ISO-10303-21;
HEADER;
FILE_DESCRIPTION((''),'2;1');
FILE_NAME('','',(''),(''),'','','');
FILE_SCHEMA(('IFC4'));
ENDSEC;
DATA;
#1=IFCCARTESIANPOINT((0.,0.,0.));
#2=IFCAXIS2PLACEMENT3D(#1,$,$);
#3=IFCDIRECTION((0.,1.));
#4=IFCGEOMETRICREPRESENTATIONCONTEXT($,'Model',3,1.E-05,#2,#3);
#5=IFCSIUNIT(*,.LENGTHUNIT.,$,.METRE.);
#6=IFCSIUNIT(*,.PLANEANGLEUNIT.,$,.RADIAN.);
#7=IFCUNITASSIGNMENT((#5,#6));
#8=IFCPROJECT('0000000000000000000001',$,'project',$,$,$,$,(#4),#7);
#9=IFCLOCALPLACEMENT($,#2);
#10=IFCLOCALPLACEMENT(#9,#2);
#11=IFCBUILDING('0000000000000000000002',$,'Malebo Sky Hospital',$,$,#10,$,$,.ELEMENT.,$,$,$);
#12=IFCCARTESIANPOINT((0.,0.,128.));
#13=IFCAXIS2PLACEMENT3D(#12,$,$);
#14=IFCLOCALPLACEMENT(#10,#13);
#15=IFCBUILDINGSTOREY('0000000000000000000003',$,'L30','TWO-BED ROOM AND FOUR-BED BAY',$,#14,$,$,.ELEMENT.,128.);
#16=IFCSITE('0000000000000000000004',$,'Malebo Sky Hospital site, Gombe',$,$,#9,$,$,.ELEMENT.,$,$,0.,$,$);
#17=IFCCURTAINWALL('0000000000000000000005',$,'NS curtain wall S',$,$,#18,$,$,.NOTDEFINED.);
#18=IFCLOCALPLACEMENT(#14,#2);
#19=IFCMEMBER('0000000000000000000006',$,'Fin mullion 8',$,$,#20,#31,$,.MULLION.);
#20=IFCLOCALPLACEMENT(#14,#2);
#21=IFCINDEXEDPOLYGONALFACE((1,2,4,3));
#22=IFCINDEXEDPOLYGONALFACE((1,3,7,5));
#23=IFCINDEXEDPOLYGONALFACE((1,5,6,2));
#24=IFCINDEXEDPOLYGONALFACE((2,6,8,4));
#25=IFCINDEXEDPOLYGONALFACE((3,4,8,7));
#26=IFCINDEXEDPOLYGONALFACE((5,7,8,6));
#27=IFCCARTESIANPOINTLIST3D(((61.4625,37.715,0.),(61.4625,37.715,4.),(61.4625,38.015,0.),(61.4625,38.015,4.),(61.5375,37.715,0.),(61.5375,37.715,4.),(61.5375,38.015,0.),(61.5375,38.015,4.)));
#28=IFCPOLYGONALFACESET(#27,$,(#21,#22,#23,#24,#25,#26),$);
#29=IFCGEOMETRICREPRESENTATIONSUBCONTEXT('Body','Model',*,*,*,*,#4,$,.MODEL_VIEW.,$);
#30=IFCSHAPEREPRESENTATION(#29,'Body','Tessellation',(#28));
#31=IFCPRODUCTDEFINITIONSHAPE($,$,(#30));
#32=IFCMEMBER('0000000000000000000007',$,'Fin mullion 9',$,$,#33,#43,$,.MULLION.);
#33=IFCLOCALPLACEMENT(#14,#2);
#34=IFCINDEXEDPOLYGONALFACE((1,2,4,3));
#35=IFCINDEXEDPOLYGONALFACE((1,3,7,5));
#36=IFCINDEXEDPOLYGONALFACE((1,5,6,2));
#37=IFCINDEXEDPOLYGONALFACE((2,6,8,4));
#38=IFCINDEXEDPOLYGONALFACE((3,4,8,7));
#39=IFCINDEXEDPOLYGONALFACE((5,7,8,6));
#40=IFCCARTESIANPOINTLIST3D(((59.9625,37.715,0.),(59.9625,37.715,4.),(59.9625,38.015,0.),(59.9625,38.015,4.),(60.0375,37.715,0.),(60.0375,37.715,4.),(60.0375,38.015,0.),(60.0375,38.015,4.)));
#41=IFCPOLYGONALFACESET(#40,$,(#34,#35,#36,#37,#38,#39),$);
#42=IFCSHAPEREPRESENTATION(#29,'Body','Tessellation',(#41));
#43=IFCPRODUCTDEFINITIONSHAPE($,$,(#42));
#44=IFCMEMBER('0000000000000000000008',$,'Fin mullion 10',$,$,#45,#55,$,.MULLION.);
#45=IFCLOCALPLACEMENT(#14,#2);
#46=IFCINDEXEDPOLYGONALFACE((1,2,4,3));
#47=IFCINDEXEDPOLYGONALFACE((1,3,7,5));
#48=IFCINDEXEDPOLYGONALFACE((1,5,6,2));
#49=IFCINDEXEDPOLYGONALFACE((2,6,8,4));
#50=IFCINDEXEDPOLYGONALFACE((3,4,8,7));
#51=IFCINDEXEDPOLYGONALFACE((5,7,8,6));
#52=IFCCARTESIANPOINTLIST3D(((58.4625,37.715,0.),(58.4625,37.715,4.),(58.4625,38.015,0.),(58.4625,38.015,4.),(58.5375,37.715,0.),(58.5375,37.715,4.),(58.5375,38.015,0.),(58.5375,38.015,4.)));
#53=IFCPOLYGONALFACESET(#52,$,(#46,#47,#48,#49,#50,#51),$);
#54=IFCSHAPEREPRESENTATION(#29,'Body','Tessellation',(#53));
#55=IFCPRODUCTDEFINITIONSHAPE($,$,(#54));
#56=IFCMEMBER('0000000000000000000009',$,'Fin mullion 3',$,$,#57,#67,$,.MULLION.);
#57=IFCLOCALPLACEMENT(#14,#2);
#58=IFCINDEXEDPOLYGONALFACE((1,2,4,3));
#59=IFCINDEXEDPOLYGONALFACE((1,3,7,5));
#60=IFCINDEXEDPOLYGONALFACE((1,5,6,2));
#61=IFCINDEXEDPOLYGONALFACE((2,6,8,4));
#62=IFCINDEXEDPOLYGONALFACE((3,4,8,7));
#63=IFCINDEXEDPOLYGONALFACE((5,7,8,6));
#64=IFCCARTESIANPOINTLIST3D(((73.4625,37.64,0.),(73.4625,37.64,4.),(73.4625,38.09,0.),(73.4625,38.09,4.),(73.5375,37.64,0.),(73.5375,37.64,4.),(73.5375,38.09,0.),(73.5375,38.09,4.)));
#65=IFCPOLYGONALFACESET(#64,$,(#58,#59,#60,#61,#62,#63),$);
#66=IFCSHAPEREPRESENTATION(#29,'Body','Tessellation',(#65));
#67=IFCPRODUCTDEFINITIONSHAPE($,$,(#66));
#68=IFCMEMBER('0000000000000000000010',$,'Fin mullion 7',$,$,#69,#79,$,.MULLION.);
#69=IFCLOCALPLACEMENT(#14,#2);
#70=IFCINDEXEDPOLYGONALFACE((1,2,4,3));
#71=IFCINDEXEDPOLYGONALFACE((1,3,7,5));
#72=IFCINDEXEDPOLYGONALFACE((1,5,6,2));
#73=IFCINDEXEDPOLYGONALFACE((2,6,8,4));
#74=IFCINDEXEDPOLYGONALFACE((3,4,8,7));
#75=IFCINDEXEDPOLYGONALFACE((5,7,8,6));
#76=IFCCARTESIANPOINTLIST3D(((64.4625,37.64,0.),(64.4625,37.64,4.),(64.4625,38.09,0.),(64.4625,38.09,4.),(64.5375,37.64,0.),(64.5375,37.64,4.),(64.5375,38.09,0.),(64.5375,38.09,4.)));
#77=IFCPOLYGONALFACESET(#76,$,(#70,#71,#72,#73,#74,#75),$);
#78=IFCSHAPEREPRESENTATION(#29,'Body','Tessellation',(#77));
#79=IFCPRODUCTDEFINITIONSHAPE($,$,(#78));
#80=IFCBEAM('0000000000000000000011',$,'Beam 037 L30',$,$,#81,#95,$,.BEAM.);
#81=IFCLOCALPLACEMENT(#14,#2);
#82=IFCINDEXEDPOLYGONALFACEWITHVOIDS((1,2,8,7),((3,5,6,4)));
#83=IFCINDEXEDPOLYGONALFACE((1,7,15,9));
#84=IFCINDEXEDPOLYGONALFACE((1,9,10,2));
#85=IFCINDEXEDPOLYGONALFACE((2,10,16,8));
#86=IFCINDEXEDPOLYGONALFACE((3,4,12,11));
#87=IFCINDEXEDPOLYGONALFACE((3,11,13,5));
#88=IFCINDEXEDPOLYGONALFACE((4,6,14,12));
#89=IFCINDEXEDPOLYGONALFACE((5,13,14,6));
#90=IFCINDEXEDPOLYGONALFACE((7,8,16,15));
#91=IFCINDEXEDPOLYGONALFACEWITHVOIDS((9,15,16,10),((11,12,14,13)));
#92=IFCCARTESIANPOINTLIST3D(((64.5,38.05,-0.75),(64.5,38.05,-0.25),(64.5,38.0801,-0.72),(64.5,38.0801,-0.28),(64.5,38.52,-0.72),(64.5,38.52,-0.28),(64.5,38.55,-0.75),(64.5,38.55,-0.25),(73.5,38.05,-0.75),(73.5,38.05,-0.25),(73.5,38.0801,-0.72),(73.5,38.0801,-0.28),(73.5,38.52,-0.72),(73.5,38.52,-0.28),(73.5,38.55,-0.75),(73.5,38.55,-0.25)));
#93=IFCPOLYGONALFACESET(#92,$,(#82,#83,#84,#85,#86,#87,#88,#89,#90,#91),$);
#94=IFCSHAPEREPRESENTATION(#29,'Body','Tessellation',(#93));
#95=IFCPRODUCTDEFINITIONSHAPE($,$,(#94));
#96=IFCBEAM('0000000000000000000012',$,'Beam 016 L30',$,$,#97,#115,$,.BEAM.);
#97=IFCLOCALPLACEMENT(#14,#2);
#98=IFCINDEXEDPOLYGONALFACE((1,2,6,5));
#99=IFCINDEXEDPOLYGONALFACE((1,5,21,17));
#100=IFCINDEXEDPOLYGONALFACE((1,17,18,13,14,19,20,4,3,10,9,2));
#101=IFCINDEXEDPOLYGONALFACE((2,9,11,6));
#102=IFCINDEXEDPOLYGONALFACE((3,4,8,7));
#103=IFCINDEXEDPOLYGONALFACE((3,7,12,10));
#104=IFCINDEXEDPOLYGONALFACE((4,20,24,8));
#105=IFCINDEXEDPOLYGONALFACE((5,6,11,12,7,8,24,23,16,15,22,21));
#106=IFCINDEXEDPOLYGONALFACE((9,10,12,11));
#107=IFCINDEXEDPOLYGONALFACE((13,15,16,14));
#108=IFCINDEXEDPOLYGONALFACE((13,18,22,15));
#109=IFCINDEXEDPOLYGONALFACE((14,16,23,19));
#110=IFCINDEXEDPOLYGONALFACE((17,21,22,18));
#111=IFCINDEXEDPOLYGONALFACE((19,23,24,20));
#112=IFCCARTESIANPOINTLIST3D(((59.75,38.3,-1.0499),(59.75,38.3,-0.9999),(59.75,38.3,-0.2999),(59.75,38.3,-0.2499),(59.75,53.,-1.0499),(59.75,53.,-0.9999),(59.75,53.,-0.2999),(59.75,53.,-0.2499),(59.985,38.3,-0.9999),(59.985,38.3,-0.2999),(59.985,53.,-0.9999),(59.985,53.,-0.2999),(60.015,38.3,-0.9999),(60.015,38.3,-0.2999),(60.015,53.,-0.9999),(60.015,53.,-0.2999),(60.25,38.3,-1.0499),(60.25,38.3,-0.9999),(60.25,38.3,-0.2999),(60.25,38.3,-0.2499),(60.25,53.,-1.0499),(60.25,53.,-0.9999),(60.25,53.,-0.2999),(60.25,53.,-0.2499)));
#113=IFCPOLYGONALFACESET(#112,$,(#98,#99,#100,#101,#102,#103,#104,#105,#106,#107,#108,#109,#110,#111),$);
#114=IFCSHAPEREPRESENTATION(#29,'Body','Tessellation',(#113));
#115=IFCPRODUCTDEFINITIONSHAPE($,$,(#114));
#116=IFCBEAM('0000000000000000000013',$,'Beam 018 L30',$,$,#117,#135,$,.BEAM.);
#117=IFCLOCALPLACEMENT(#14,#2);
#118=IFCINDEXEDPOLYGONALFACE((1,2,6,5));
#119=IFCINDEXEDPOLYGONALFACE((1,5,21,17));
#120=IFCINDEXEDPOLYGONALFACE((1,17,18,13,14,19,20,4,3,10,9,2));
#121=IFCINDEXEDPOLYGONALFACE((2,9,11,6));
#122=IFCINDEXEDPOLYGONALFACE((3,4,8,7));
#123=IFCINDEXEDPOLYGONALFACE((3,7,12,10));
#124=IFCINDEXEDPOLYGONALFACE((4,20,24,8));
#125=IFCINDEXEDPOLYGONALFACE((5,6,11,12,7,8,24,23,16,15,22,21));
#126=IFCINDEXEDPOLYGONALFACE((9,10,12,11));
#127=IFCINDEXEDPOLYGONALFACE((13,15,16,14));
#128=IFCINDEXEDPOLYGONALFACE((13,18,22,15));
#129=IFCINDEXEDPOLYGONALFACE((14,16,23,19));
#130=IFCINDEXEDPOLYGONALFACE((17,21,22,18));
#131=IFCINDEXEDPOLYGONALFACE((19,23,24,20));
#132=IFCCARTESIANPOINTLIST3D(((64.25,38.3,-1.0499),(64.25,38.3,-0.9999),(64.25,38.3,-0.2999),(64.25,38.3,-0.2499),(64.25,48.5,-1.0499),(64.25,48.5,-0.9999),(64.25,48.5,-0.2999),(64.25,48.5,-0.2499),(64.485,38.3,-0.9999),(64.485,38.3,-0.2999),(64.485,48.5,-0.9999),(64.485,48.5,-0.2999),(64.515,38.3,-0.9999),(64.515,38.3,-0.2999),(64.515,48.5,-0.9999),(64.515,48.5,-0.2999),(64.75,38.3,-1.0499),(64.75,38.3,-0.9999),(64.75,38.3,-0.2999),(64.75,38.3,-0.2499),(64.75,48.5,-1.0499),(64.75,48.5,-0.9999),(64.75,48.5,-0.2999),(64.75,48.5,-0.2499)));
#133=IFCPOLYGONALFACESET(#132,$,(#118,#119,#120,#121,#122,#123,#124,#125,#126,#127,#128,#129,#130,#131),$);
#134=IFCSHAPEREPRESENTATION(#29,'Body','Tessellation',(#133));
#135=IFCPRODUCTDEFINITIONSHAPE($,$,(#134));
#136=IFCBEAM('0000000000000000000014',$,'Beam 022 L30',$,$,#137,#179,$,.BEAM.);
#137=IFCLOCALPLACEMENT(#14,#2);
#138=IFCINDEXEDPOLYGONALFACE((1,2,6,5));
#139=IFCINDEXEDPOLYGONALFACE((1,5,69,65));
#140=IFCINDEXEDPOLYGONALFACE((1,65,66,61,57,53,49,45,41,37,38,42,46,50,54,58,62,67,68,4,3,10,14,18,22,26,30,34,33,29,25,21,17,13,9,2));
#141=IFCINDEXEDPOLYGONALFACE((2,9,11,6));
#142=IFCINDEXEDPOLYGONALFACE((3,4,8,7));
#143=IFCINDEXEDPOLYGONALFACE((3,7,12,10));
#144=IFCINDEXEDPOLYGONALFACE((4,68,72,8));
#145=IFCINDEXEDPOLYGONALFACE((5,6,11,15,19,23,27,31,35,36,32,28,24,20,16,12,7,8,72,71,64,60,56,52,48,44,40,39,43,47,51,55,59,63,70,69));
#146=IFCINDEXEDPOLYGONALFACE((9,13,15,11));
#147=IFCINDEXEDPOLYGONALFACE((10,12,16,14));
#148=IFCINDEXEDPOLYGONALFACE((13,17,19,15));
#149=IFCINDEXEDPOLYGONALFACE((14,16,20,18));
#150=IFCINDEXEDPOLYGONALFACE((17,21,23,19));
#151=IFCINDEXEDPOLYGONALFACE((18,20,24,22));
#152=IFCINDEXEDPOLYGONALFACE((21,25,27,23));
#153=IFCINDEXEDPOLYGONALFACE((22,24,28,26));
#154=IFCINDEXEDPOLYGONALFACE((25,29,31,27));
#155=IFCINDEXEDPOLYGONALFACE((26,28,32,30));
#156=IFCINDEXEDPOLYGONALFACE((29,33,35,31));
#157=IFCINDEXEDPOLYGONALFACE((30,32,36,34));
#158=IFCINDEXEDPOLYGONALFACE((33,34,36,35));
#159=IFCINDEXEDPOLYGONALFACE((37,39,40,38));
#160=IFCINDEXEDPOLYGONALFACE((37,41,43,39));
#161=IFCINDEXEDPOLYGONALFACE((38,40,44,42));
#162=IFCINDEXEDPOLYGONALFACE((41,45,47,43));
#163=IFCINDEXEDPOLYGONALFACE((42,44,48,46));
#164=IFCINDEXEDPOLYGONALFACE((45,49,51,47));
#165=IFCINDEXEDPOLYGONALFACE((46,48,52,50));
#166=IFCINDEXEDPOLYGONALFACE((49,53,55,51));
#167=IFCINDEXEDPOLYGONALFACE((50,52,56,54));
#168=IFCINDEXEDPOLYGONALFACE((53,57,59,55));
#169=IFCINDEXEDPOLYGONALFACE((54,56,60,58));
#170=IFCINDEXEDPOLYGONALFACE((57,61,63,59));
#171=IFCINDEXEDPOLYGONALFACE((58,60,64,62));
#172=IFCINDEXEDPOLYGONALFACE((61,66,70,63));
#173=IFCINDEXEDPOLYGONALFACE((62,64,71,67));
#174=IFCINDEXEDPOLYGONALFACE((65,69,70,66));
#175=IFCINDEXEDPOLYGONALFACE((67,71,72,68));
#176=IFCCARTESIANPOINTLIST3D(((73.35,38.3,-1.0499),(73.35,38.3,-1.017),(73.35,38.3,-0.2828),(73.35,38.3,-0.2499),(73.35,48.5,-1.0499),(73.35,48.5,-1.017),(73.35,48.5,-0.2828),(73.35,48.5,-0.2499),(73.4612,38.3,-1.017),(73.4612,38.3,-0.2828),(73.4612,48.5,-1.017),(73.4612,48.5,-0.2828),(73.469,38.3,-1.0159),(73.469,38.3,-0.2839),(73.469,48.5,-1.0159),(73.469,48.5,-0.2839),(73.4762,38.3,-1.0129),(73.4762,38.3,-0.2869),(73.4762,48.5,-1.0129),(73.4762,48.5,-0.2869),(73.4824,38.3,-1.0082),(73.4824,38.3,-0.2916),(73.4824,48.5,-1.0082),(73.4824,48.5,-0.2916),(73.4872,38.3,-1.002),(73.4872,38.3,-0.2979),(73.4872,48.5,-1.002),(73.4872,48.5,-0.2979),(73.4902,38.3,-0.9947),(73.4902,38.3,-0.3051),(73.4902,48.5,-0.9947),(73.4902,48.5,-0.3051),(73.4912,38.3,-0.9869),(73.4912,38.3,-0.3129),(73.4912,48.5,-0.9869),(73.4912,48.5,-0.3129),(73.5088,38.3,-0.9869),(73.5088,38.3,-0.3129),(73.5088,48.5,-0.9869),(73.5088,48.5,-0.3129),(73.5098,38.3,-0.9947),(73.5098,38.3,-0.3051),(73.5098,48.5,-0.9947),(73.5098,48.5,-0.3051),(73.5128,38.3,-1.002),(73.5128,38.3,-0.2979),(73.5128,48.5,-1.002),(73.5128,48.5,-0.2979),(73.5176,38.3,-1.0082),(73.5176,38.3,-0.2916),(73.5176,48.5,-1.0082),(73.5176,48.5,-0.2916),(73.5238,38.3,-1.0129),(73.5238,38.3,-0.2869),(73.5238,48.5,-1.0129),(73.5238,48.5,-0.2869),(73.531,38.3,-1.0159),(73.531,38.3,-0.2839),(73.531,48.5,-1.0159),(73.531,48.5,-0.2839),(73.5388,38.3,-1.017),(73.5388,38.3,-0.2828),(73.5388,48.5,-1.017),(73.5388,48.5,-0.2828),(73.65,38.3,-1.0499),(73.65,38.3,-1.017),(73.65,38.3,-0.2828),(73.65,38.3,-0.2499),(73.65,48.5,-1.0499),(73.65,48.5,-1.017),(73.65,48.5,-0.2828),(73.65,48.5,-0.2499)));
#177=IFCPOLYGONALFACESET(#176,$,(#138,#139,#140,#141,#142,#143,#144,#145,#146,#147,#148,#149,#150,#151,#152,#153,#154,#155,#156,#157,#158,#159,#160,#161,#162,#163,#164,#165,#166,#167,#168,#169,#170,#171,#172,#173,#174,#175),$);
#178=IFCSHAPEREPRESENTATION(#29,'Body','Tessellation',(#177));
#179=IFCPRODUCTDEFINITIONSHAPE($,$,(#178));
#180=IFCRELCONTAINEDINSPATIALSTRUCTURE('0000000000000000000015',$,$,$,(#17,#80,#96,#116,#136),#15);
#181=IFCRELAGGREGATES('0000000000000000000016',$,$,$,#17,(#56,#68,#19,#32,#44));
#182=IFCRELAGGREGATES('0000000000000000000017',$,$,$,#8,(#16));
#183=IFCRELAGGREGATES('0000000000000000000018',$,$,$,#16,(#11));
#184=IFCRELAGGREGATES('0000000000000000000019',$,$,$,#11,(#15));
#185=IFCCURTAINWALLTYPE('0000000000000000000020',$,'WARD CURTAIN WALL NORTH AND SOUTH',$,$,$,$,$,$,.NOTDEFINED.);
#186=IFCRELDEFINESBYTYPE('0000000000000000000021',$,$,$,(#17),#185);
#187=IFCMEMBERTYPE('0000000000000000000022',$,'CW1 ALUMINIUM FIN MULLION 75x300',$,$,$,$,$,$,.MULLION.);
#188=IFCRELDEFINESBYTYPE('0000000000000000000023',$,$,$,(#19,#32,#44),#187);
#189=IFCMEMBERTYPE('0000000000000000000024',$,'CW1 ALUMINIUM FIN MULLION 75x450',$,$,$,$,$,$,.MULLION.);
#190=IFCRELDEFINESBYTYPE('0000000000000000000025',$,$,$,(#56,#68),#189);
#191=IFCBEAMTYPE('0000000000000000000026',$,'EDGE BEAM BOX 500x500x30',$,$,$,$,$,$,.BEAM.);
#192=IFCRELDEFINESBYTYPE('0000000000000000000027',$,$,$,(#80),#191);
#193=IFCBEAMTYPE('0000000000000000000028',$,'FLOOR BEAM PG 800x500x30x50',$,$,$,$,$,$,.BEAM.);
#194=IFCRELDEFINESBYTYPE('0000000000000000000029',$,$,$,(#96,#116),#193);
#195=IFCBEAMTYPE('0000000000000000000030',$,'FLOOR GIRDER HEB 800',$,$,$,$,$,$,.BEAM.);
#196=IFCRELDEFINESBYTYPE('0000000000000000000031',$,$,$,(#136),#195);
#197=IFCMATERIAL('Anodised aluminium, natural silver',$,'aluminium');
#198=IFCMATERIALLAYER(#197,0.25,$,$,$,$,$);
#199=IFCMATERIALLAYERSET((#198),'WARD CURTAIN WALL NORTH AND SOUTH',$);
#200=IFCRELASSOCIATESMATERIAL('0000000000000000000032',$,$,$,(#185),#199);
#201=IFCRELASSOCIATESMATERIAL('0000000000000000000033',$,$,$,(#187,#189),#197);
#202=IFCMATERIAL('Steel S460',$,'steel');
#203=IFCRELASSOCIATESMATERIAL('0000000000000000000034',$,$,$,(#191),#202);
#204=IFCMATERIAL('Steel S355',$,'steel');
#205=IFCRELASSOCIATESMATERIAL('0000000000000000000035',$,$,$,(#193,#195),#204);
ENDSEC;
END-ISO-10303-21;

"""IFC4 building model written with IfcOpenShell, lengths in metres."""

from ifc_helpers import new_model, si_unit, direction, frame, origin, origin_2d, place, context, subcontext, project, spatial, rectangle, hollow_rectangle, i_section, extrude, material, layer, layer_set, material_profile, profile_set, type_object, element, aggregate, save


model = new_model("IFC4")

# Units and contexts
model_context = context("Model", 3, precision=1e-05, world=origin(), true_north=direction((0.0, 1.0)))
body_context = subcontext(model_context, "Body", "Model", "MODEL_VIEW")
ifc_project = project(units=[si_unit("LENGTHUNIT", "METRE"), si_unit("PLANEANGLEUNIT", "RADIAN")], contexts=[model_context])

# Site, building, storey
site_placement = place(None, origin())
site = spatial("IfcSite", under=ifc_project, at=site_placement, Name="Malebo Sky Hospital site, Gombe", CompositionType="ELEMENT", RefElevation=0.0)
building_placement = place(site_placement, origin())
building = spatial("IfcBuilding", under=site, at=building_placement, Name="Malebo Sky Hospital", CompositionType="ELEMENT")
storey_placement = place(building_placement, frame((0.0, 0.0, 128.0)))
storey = spatial("IfcBuildingStorey", under=building, at=storey_placement, Name="L30", Description="TWO-BED ROOM AND FOUR-BED BAY", CompositionType="ELEMENT", Elevation=128.0)

# Shared definitions
ifc_material_1 = material(Name="Steel S460", Category="steel")

# Curtain wall
ifc_material_2 = material(Name="Anodised aluminium, natural silver", Category="aluminium")
ifc_layer_1 = layer(ifc_material_2, 0.25)
ifc_layer_set_1 = layer_set([ifc_layer_1], Name="WARD CURTAIN WALL NORTH AND SOUTH")
curtain_wall_type = type_object("IfcCurtainWallType", Name="WARD CURTAIN WALL NORTH AND SOUTH", PredefinedType="NOTDEFINED", material=ifc_layer_set_1)
curtain_wall_placement = place(storey_placement, origin())
curtain_wall = element("IfcCurtainWall", 1, at=curtain_wall_placement, inside=storey, type_object=curtain_wall_type, Name="NS curtain wall S", PredefinedType="NOTDEFINED")

# Members
ifc_material_3 = material(Name="Steel S355", Category="steel")
ifc_material_profile_1 = material_profile(ifc_material_2, rectangle(XDim=0.075, YDim=0.3, at=origin_2d()), Name="CW1 ALUMINIUM FIN MULLION 75x300")
ifc_profile_set_1 = profile_set([ifc_material_profile_1], Name="Anodised aluminium, natural silver")
member_type_1 = type_object("IfcMemberType", Name="CW1 ALUMINIUM FIN MULLION 75x300", PredefinedType="MULLION", material=ifc_profile_set_1)
member_1_placement = place(storey_placement, frame((61.5, 37.865, 0.0), z_axis=(0.0, 0.0, 1.0), x_axis=(-1.0, 0.0, 0.0)))
member_1 = element("IfcMember", 2, at=member_1_placement, type_object=member_type_1, Name="Fin mullion 8", PredefinedType="MULLION", context=body_context, shape_type="SweptSolid", body=[
    extrude(rectangle(XDim=0.075, YDim=0.3, at=origin_2d()), origin(), (0.0, 0.0, 1.0), 4.0),
])
member_2_placement = place(storey_placement, frame((60.0, 37.865, 0.0), z_axis=(0.0, 0.0, 1.0), x_axis=(-1.0, 0.0, 0.0)))
member_2 = element("IfcMember", 3, at=member_2_placement, type_object=member_type_1, Name="Fin mullion 9", PredefinedType="MULLION", context=body_context, shape_type="SweptSolid", body=[
    extrude(rectangle(XDim=0.075, YDim=0.3, at=origin_2d()), origin(), (0.0, 0.0, 1.0), 4.0),
])
member_3_placement = place(storey_placement, frame((58.5, 37.865, 0.0), z_axis=(0.0, 0.0, 1.0), x_axis=(-1.0, 0.0, 0.0)))
member_3 = element("IfcMember", 4, at=member_3_placement, type_object=member_type_1, Name="Fin mullion 10", PredefinedType="MULLION", context=body_context, shape_type="SweptSolid", body=[
    extrude(rectangle(XDim=0.075, YDim=0.3, at=origin_2d()), origin(), (0.0, 0.0, 1.0), 4.0),
])
ifc_material_profile_2 = material_profile(ifc_material_2, rectangle(XDim=0.075, YDim=0.45, at=origin_2d()), Name="CW1 ALUMINIUM FIN MULLION 75x450")
ifc_profile_set_2 = profile_set([ifc_material_profile_2], Name="Anodised aluminium, natural silver")
member_type_2 = type_object("IfcMemberType", Name="CW1 ALUMINIUM FIN MULLION 75x450", PredefinedType="MULLION", material=ifc_profile_set_2)
member_4_placement = place(storey_placement, frame((73.5, 37.865, 0.0), z_axis=(0.0, 0.0, 1.0), x_axis=(-1.0, 0.0, 0.0)))
member_4 = element("IfcMember", 5, at=member_4_placement, type_object=member_type_2, Name="Fin mullion 3", PredefinedType="MULLION", context=body_context, shape_type="SweptSolid", body=[
    extrude(rectangle(XDim=0.075, YDim=0.45, at=origin_2d()), origin(), (0.0, 0.0, 1.0), 4.0),
])
member_5_placement = place(storey_placement, frame((64.5, 37.865, 0.0), z_axis=(0.0, 0.0, 1.0), x_axis=(-1.0, 0.0, 0.0)))
member_5 = element("IfcMember", 6, at=member_5_placement, type_object=member_type_2, Name="Fin mullion 7", PredefinedType="MULLION", context=body_context, shape_type="SweptSolid", body=[
    extrude(rectangle(XDim=0.075, YDim=0.45, at=origin_2d()), origin(), (0.0, 0.0, 1.0), 4.0),
])

# Beams
ifc_material_profile_3 = material_profile(ifc_material_1, hollow_rectangle(XDim=0.5, YDim=0.5, WallThickness=0.03, at=origin_2d()), Name="BOX 500x500x30")
ifc_profile_set_3 = profile_set([ifc_material_profile_3], Name="Steel S460")
beam_type_1 = type_object("IfcBeamType", Name="EDGE BEAM BOX 500x500x30", PredefinedType="BEAM", material=ifc_profile_set_3)
beam_1_placement = place(storey_placement, frame((64.5, 38.3, -0.5), z_axis=(1.0, 0.0, 0.0), x_axis=(0.0, 1.0, 0.0)))
element("IfcBeam", 7, at=beam_1_placement, inside=storey, type_object=beam_type_1, Name="Beam 037 L30", PredefinedType="BEAM", context=body_context, shape_type="SweptSolid", body=[
    extrude(hollow_rectangle(XDim=0.5, YDim=0.5, WallThickness=0.03, at=origin_2d()), origin(), (0.0, 0.0, 1.0), 9.0),
])
ifc_material_profile_4 = material_profile(ifc_material_3, i_section(OverallWidth=0.5, OverallDepth=0.8, WebThickness=0.03, FlangeThickness=0.05, at=origin_2d()), Name="PG 800x500x30x50")
ifc_profile_set_4 = profile_set([ifc_material_profile_4], Name="Steel S355")
beam_type_2 = type_object("IfcBeamType", Name="FLOOR BEAM PG 800x500x30x50", PredefinedType="BEAM", material=ifc_profile_set_4)
beam_2_placement = place(storey_placement, frame((60.0, 38.3, -0.6499), z_axis=(0.0, 1.0, 0.0), x_axis=(-1.0, 0.0, 0.0)))
element("IfcBeam", 8, at=beam_2_placement, inside=storey, type_object=beam_type_2, Name="Beam 016 L30", PredefinedType="BEAM", context=body_context, shape_type="SweptSolid", body=[
    extrude(i_section(OverallWidth=0.5, OverallDepth=0.8, WebThickness=0.03, FlangeThickness=0.05, at=origin_2d()), origin(), (0.0, 0.0, 1.0), 14.7),
])
beam_3_placement = place(storey_placement, frame((64.5, 38.3, -0.6499), z_axis=(0.0, 1.0, 0.0), x_axis=(-1.0, 0.0, 0.0)))
element("IfcBeam", 9, at=beam_3_placement, inside=storey, type_object=beam_type_2, Name="Beam 018 L30", PredefinedType="BEAM", context=body_context, shape_type="SweptSolid", body=[
    extrude(i_section(OverallWidth=0.5, OverallDepth=0.8, WebThickness=0.03, FlangeThickness=0.05, at=origin_2d()), origin(), (0.0, 0.0, 1.0), 10.2),
])
ifc_material_profile_5 = material_profile(ifc_material_3, i_section(OverallWidth=0.3, OverallDepth=0.8, WebThickness=0.0176, FlangeThickness=0.033, FilletRadius=0.03, at=origin_2d()), Name="HEB 800")
ifc_profile_set_5 = profile_set([ifc_material_profile_5], Name="Steel S355")
beam_type_3 = type_object("IfcBeamType", Name="FLOOR GIRDER HEB 800", PredefinedType="BEAM", material=ifc_profile_set_5)
beam_4_placement = place(storey_placement, frame((73.5, 38.3, -0.6499), z_axis=(0.0, 1.0, 0.0), x_axis=(-1.0, 0.0, 0.0)))
element("IfcBeam", 10, at=beam_4_placement, inside=storey, type_object=beam_type_3, Name="Beam 022 L30", PredefinedType="BEAM", context=body_context, shape_type="SweptSolid", body=[
    extrude(i_section(OverallWidth=0.3, OverallDepth=0.8, WebThickness=0.0176, FlangeThickness=0.033, FilletRadius=0.03, at=origin_2d()), origin(), (0.0, 0.0, 1.0), 10.2),
])

aggregate(curtain_wall, [member_4, member_5, member_1, member_2, member_3])

save(model, "model.ifc")
